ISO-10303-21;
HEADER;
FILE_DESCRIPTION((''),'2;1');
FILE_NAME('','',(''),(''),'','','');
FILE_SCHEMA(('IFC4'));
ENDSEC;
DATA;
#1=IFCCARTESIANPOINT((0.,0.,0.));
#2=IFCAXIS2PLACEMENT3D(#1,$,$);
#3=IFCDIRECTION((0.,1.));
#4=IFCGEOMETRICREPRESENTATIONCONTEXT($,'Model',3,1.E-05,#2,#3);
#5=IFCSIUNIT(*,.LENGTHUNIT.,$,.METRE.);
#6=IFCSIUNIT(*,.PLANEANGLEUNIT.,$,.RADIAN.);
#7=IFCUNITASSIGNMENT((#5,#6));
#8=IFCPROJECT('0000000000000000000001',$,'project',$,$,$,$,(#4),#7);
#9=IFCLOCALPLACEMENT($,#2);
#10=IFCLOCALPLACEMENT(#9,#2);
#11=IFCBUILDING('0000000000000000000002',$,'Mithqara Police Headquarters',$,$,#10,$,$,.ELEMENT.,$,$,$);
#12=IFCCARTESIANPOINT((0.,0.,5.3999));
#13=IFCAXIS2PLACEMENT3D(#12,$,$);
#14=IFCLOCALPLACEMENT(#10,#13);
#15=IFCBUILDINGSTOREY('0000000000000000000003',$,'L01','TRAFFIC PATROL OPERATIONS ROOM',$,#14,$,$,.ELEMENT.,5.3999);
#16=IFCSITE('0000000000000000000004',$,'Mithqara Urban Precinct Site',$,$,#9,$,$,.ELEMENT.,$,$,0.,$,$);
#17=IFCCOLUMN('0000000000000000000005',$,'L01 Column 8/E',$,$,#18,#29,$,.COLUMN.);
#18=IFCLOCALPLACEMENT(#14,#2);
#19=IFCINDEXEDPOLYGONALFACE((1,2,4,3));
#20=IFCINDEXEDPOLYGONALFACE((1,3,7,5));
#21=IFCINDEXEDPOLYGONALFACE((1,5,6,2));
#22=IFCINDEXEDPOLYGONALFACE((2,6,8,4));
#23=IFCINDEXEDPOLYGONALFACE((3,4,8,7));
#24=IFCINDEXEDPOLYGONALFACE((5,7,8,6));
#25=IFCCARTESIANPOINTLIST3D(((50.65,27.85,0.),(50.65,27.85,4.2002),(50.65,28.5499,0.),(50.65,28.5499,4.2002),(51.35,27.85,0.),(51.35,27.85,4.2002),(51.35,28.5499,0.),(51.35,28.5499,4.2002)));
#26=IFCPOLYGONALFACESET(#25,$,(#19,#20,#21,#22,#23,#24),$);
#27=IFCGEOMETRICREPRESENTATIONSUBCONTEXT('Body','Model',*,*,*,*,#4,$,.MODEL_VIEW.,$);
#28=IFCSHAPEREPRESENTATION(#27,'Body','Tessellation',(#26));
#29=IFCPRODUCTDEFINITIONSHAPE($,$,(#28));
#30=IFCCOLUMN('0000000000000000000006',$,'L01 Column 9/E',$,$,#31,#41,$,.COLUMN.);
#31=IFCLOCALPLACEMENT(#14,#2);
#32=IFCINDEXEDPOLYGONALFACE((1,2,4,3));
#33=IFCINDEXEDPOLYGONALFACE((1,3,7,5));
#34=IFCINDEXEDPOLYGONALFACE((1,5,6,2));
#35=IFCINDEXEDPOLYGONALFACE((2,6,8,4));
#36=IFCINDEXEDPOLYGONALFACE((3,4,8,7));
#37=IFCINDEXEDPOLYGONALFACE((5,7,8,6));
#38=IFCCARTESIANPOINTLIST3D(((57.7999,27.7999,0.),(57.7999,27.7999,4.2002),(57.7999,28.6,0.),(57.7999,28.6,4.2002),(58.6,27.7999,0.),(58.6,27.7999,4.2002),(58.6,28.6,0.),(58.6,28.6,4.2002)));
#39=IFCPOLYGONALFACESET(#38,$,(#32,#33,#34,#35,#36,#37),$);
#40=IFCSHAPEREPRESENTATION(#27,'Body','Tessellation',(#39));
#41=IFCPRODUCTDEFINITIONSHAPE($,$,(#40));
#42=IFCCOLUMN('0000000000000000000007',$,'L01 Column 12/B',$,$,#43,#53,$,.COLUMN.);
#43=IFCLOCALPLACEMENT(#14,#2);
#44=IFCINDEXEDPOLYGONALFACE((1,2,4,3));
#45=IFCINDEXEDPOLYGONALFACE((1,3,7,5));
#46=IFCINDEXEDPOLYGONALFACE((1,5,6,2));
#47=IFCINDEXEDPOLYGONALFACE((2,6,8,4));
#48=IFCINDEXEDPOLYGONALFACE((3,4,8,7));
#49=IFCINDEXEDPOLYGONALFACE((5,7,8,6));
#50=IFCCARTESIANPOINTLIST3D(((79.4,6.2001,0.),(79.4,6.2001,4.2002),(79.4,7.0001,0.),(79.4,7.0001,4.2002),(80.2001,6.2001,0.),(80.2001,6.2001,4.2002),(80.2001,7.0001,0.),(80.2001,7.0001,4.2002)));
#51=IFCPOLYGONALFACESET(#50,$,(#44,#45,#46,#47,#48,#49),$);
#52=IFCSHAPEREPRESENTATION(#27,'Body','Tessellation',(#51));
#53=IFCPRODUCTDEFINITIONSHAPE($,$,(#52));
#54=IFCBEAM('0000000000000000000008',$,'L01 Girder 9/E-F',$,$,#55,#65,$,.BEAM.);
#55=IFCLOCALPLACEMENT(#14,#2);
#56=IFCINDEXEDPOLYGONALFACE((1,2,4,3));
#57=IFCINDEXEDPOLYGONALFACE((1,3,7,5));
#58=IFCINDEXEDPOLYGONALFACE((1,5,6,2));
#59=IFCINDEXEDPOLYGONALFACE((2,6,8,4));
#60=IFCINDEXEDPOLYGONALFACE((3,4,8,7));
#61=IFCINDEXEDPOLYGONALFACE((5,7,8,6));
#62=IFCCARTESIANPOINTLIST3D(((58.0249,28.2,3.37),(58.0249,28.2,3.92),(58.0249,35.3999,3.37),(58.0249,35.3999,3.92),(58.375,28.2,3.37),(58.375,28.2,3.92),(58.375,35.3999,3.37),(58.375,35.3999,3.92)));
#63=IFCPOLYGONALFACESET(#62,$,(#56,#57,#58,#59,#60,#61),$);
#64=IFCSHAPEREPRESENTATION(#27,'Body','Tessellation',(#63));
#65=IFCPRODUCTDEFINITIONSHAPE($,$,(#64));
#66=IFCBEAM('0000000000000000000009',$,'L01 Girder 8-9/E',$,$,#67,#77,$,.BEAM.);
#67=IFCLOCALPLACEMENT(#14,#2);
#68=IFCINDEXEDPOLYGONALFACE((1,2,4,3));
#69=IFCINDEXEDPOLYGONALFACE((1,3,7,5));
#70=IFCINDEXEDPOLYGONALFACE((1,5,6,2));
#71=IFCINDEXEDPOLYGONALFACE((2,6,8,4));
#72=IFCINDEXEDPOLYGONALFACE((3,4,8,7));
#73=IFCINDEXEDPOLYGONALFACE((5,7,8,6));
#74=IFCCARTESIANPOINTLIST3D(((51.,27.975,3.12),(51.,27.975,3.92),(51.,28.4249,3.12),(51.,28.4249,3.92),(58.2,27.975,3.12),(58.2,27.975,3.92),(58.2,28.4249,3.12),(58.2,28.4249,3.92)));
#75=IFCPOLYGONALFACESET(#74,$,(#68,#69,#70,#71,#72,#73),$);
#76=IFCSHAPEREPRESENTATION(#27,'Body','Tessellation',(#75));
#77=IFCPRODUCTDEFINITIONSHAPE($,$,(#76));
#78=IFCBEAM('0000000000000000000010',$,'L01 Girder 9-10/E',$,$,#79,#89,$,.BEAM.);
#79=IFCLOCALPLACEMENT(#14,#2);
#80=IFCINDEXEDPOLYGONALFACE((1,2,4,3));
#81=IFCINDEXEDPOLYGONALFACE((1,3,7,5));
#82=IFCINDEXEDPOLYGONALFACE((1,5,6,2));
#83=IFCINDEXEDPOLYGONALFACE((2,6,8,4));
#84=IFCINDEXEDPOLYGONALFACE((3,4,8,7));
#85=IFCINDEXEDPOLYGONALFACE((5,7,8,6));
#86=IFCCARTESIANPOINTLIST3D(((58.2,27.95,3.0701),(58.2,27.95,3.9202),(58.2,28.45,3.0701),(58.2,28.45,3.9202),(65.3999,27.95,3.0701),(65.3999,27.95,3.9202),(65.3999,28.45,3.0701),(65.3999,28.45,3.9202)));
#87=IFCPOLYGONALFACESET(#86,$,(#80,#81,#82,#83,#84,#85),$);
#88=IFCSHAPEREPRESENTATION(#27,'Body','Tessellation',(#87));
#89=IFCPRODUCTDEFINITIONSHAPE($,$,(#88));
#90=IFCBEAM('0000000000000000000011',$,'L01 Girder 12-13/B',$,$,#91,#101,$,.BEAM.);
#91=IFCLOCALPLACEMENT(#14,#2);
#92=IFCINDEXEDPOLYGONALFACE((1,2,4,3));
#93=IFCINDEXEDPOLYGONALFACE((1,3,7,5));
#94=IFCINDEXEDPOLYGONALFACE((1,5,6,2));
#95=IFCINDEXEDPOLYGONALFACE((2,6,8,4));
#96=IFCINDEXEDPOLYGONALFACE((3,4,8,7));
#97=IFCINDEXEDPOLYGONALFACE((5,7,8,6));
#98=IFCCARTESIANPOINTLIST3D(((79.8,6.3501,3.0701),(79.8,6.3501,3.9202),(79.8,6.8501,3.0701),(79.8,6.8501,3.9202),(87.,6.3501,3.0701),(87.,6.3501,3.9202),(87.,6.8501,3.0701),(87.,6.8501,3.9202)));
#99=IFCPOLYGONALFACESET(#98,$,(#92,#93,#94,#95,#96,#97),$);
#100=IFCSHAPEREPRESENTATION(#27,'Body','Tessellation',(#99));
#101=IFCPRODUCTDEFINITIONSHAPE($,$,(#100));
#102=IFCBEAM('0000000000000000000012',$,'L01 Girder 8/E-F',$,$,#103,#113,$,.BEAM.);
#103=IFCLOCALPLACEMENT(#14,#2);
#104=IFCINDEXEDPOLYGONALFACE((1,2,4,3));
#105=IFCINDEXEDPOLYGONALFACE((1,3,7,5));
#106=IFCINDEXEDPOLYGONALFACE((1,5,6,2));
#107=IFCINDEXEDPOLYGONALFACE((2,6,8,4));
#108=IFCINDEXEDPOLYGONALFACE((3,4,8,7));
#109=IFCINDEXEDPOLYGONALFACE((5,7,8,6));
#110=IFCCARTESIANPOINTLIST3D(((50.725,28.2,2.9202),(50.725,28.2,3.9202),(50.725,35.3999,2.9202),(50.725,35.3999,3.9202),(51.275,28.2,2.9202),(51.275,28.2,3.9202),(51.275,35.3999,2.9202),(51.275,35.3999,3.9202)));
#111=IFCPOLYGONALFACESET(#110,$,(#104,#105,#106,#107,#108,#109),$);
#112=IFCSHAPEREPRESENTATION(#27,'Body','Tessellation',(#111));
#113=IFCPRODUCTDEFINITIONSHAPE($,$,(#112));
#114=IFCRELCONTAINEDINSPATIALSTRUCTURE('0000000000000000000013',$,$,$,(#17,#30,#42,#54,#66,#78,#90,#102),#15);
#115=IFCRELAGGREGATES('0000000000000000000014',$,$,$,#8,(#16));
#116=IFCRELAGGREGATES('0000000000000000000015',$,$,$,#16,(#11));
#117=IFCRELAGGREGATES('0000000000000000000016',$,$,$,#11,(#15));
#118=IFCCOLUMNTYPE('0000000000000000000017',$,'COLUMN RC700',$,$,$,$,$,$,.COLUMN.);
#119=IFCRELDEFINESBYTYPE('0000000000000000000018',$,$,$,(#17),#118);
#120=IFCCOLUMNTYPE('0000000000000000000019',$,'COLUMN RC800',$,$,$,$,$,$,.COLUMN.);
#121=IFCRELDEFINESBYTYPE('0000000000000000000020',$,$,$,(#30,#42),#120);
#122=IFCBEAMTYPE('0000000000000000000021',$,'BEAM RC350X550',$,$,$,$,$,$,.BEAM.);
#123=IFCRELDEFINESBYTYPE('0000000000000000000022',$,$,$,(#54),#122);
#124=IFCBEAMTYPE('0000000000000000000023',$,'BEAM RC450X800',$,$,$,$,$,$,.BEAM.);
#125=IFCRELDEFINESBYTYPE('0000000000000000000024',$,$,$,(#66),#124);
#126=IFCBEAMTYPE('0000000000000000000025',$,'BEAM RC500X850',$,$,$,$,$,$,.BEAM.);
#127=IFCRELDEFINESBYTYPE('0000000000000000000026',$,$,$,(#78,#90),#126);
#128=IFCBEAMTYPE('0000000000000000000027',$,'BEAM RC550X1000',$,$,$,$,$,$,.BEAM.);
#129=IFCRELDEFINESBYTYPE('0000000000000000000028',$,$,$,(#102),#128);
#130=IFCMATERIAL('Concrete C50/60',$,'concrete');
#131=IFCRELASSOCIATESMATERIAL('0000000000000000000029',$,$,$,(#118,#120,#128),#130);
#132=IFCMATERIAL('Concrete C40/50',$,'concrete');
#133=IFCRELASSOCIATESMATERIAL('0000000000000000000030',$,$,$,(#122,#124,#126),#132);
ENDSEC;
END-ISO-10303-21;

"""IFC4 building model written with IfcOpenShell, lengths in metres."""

from ifc_helpers import new_model, si_unit, direction, frame, origin, origin_2d, place, context, subcontext, project, spatial, rectangle, extrude, material, material_profile, profile_set, type_object, element, save


model = new_model("IFC4")

# Units and contexts
model_context = context("Model", 3, precision=1e-05, world=origin(), true_north=direction((0.0, 1.0)))
body_context = subcontext(model_context, "Body", "Model", "MODEL_VIEW")
ifc_project = project(units=[si_unit("LENGTHUNIT", "METRE"), si_unit("PLANEANGLEUNIT", "RADIAN")], contexts=[model_context])

# Site, building, storey
site_placement = place(None, origin())
site = spatial("IfcSite", under=ifc_project, at=site_placement, Name="Mithqara Urban Precinct Site", CompositionType="ELEMENT", RefElevation=0.0)
building_placement = place(site_placement, origin())
building = spatial("IfcBuilding", under=site, at=building_placement, Name="Mithqara Police Headquarters", CompositionType="ELEMENT")
storey_placement = place(building_placement, frame((0.0, 0.0, 5.3999)))
storey = spatial("IfcBuildingStorey", under=building, at=storey_placement, Name="L01", Description="TRAFFIC PATROL OPERATIONS ROOM", CompositionType="ELEMENT", Elevation=5.3999)

# Columns
ifc_material_1 = material(Name="Concrete C50/60", Category="concrete")
ifc_material_profile_1 = material_profile(ifc_material_1, rectangle(XDim=0.7, YDim=0.7, at=origin_2d()), Name="RC 700x700")
ifc_profile_set_1 = profile_set([ifc_material_profile_1], Name="Concrete C50/60")
column_type_1 = type_object("IfcColumnType", Name="COLUMN RC700", PredefinedType="COLUMN", material=ifc_profile_set_1)
column_placement = place(storey_placement, frame((51.0, 28.2, 0.0), z_axis=(0.0, 0.0, 1.0), x_axis=(1.0, 0.0, 0.0)))
element("IfcColumn", 1, at=column_placement, inside=storey, type_object=column_type_1, Name="L01 Column 8/E", PredefinedType="COLUMN", context=body_context, shape_type="SweptSolid", body=[
    extrude(rectangle(XDim=0.7, YDim=0.7, at=origin_2d()), origin(), (0.0, 0.0, 1.0), 4.2002),
])
ifc_material_profile_2 = material_profile(ifc_material_1, rectangle(XDim=0.8, YDim=0.8, at=origin_2d()), Name="RC 800x800")
ifc_profile_set_2 = profile_set([ifc_material_profile_2], Name="Concrete C50/60")
column_type_2 = type_object("IfcColumnType", Name="COLUMN RC800", PredefinedType="COLUMN", material=ifc_profile_set_2)
for number, where, z_axis, x_axis, name in (
    (2, (58.2, 28.2, 0.0), (0.0, 0.0, 1.0), (1.0, 0.0, 0.0), "L01 Column 9/E"),
    (3, (79.8, 6.6001, 0.0), (0.0, 0.0, 1.0), (1.0, 0.0, 0.0), "L01 Column 12/B"),
):
    element("IfcColumn", number, at=place(storey_placement, frame(where, z_axis=z_axis, x_axis=x_axis)), inside=storey, type_object=column_type_2, Name=name, PredefinedType="COLUMN", context=body_context, shape_type="SweptSolid", body=[
        extrude(rectangle(XDim=0.8, YDim=0.8, at=origin_2d()), origin(), (0.0, 0.0, 1.0), 4.2002),
    ])

# Beams
ifc_material_2 = material(Name="Concrete C40/50", Category="concrete")
ifc_material_profile_3 = material_profile(ifc_material_2, rectangle(XDim=0.3501, YDim=0.55, at=origin_2d()), Name="RC 350x550")
ifc_profile_set_3 = profile_set([ifc_material_profile_3], Name="Concrete C40/50")
beam_type_1 = type_object("IfcBeamType", Name="BEAM RC350X550", PredefinedType="BEAM", material=ifc_profile_set_3)
beam_1_placement = place(storey_placement, frame((58.2, 28.2, 3.645), z_axis=(0.0, 1.0, 0.0), x_axis=(-1.0, 0.0, 0.0)))
element("IfcBeam", 4, at=beam_1_placement, inside=storey, type_object=beam_type_1, Name="L01 Girder 9/E-F", PredefinedType="BEAM", context=body_context, shape_type="SweptSolid", body=[
    extrude(rectangle(XDim=0.3501, YDim=0.55, at=origin_2d()), origin(), (0.0, 0.0, 1.0), 7.2),
])
ifc_material_profile_4 = material_profile(ifc_material_2, rectangle(XDim=0.45, YDim=0.8, at=origin_2d()), Name="RC 450x800")
ifc_profile_set_4 = profile_set([ifc_material_profile_4], Name="Concrete C40/50")
beam_type_2 = type_object("IfcBeamType", Name="BEAM RC450X800", PredefinedType="BEAM", material=ifc_profile_set_4)
beam_2_placement = place(storey_placement, frame((51.0, 28.2, 3.52), z_axis=(1.0, 0.0, 0.0), x_axis=(0.0, 1.0, 0.0)))
element("IfcBeam", 5, at=beam_2_placement, inside=storey, type_object=beam_type_2, Name="L01 Girder 8-9/E", PredefinedType="BEAM", context=body_context, shape_type="SweptSolid", body=[
    extrude(rectangle(XDim=0.45, YDim=0.8, at=origin_2d()), origin(), (0.0, 0.0, 1.0), 7.2),
])
ifc_material_profile_5 = material_profile(ifc_material_2, rectangle(XDim=0.5, YDim=0.8501, at=origin_2d()), Name="RC 500x850")
ifc_profile_set_5 = profile_set([ifc_material_profile_5], Name="Concrete C40/50")
beam_type_3 = type_object("IfcBeamType", Name="BEAM RC500X850", PredefinedType="BEAM", material=ifc_profile_set_5)
for number, where, z_axis, x_axis, name in (
    (6, (58.2, 28.2, 3.4951), (1.0, 0.0, 0.0), (0.0, 1.0, 0.0), "L01 Girder 9-10/E"),
    (7, (79.8, 6.6001, 3.4951), (1.0, 0.0, 0.0), (0.0, 1.0, 0.0), "L01 Girder 12-13/B"),
):
    element("IfcBeam", number, at=place(storey_placement, frame(where, z_axis=z_axis, x_axis=x_axis)), inside=storey, type_object=beam_type_3, Name=name, PredefinedType="BEAM", context=body_context, shape_type="SweptSolid", body=[
        extrude(rectangle(XDim=0.5, YDim=0.8501, at=origin_2d()), origin(), (0.0, 0.0, 1.0), 7.2),
    ])
ifc_material_profile_6 = material_profile(ifc_material_1, rectangle(XDim=0.55, YDim=1.0, at=origin_2d()), Name="RC 550x1000")
ifc_profile_set_6 = profile_set([ifc_material_profile_6], Name="Concrete C50/60")
beam_type_4 = type_object("IfcBeamType", Name="BEAM RC550X1000", PredefinedType="BEAM", material=ifc_profile_set_6)
beam_3_placement = place(storey_placement, frame((51.0, 28.2, 3.4202), z_axis=(0.0, 1.0, 0.0), x_axis=(-1.0, 0.0, 0.0)))
element("IfcBeam", 8, at=beam_3_placement, inside=storey, type_object=beam_type_4, Name="L01 Girder 8/E-F", PredefinedType="BEAM", context=body_context, shape_type="SweptSolid", body=[
    extrude(rectangle(XDim=0.55, YDim=1.0, at=origin_2d()), origin(), (0.0, 0.0, 1.0), 7.2),
])

save(model, "model.ifc")
